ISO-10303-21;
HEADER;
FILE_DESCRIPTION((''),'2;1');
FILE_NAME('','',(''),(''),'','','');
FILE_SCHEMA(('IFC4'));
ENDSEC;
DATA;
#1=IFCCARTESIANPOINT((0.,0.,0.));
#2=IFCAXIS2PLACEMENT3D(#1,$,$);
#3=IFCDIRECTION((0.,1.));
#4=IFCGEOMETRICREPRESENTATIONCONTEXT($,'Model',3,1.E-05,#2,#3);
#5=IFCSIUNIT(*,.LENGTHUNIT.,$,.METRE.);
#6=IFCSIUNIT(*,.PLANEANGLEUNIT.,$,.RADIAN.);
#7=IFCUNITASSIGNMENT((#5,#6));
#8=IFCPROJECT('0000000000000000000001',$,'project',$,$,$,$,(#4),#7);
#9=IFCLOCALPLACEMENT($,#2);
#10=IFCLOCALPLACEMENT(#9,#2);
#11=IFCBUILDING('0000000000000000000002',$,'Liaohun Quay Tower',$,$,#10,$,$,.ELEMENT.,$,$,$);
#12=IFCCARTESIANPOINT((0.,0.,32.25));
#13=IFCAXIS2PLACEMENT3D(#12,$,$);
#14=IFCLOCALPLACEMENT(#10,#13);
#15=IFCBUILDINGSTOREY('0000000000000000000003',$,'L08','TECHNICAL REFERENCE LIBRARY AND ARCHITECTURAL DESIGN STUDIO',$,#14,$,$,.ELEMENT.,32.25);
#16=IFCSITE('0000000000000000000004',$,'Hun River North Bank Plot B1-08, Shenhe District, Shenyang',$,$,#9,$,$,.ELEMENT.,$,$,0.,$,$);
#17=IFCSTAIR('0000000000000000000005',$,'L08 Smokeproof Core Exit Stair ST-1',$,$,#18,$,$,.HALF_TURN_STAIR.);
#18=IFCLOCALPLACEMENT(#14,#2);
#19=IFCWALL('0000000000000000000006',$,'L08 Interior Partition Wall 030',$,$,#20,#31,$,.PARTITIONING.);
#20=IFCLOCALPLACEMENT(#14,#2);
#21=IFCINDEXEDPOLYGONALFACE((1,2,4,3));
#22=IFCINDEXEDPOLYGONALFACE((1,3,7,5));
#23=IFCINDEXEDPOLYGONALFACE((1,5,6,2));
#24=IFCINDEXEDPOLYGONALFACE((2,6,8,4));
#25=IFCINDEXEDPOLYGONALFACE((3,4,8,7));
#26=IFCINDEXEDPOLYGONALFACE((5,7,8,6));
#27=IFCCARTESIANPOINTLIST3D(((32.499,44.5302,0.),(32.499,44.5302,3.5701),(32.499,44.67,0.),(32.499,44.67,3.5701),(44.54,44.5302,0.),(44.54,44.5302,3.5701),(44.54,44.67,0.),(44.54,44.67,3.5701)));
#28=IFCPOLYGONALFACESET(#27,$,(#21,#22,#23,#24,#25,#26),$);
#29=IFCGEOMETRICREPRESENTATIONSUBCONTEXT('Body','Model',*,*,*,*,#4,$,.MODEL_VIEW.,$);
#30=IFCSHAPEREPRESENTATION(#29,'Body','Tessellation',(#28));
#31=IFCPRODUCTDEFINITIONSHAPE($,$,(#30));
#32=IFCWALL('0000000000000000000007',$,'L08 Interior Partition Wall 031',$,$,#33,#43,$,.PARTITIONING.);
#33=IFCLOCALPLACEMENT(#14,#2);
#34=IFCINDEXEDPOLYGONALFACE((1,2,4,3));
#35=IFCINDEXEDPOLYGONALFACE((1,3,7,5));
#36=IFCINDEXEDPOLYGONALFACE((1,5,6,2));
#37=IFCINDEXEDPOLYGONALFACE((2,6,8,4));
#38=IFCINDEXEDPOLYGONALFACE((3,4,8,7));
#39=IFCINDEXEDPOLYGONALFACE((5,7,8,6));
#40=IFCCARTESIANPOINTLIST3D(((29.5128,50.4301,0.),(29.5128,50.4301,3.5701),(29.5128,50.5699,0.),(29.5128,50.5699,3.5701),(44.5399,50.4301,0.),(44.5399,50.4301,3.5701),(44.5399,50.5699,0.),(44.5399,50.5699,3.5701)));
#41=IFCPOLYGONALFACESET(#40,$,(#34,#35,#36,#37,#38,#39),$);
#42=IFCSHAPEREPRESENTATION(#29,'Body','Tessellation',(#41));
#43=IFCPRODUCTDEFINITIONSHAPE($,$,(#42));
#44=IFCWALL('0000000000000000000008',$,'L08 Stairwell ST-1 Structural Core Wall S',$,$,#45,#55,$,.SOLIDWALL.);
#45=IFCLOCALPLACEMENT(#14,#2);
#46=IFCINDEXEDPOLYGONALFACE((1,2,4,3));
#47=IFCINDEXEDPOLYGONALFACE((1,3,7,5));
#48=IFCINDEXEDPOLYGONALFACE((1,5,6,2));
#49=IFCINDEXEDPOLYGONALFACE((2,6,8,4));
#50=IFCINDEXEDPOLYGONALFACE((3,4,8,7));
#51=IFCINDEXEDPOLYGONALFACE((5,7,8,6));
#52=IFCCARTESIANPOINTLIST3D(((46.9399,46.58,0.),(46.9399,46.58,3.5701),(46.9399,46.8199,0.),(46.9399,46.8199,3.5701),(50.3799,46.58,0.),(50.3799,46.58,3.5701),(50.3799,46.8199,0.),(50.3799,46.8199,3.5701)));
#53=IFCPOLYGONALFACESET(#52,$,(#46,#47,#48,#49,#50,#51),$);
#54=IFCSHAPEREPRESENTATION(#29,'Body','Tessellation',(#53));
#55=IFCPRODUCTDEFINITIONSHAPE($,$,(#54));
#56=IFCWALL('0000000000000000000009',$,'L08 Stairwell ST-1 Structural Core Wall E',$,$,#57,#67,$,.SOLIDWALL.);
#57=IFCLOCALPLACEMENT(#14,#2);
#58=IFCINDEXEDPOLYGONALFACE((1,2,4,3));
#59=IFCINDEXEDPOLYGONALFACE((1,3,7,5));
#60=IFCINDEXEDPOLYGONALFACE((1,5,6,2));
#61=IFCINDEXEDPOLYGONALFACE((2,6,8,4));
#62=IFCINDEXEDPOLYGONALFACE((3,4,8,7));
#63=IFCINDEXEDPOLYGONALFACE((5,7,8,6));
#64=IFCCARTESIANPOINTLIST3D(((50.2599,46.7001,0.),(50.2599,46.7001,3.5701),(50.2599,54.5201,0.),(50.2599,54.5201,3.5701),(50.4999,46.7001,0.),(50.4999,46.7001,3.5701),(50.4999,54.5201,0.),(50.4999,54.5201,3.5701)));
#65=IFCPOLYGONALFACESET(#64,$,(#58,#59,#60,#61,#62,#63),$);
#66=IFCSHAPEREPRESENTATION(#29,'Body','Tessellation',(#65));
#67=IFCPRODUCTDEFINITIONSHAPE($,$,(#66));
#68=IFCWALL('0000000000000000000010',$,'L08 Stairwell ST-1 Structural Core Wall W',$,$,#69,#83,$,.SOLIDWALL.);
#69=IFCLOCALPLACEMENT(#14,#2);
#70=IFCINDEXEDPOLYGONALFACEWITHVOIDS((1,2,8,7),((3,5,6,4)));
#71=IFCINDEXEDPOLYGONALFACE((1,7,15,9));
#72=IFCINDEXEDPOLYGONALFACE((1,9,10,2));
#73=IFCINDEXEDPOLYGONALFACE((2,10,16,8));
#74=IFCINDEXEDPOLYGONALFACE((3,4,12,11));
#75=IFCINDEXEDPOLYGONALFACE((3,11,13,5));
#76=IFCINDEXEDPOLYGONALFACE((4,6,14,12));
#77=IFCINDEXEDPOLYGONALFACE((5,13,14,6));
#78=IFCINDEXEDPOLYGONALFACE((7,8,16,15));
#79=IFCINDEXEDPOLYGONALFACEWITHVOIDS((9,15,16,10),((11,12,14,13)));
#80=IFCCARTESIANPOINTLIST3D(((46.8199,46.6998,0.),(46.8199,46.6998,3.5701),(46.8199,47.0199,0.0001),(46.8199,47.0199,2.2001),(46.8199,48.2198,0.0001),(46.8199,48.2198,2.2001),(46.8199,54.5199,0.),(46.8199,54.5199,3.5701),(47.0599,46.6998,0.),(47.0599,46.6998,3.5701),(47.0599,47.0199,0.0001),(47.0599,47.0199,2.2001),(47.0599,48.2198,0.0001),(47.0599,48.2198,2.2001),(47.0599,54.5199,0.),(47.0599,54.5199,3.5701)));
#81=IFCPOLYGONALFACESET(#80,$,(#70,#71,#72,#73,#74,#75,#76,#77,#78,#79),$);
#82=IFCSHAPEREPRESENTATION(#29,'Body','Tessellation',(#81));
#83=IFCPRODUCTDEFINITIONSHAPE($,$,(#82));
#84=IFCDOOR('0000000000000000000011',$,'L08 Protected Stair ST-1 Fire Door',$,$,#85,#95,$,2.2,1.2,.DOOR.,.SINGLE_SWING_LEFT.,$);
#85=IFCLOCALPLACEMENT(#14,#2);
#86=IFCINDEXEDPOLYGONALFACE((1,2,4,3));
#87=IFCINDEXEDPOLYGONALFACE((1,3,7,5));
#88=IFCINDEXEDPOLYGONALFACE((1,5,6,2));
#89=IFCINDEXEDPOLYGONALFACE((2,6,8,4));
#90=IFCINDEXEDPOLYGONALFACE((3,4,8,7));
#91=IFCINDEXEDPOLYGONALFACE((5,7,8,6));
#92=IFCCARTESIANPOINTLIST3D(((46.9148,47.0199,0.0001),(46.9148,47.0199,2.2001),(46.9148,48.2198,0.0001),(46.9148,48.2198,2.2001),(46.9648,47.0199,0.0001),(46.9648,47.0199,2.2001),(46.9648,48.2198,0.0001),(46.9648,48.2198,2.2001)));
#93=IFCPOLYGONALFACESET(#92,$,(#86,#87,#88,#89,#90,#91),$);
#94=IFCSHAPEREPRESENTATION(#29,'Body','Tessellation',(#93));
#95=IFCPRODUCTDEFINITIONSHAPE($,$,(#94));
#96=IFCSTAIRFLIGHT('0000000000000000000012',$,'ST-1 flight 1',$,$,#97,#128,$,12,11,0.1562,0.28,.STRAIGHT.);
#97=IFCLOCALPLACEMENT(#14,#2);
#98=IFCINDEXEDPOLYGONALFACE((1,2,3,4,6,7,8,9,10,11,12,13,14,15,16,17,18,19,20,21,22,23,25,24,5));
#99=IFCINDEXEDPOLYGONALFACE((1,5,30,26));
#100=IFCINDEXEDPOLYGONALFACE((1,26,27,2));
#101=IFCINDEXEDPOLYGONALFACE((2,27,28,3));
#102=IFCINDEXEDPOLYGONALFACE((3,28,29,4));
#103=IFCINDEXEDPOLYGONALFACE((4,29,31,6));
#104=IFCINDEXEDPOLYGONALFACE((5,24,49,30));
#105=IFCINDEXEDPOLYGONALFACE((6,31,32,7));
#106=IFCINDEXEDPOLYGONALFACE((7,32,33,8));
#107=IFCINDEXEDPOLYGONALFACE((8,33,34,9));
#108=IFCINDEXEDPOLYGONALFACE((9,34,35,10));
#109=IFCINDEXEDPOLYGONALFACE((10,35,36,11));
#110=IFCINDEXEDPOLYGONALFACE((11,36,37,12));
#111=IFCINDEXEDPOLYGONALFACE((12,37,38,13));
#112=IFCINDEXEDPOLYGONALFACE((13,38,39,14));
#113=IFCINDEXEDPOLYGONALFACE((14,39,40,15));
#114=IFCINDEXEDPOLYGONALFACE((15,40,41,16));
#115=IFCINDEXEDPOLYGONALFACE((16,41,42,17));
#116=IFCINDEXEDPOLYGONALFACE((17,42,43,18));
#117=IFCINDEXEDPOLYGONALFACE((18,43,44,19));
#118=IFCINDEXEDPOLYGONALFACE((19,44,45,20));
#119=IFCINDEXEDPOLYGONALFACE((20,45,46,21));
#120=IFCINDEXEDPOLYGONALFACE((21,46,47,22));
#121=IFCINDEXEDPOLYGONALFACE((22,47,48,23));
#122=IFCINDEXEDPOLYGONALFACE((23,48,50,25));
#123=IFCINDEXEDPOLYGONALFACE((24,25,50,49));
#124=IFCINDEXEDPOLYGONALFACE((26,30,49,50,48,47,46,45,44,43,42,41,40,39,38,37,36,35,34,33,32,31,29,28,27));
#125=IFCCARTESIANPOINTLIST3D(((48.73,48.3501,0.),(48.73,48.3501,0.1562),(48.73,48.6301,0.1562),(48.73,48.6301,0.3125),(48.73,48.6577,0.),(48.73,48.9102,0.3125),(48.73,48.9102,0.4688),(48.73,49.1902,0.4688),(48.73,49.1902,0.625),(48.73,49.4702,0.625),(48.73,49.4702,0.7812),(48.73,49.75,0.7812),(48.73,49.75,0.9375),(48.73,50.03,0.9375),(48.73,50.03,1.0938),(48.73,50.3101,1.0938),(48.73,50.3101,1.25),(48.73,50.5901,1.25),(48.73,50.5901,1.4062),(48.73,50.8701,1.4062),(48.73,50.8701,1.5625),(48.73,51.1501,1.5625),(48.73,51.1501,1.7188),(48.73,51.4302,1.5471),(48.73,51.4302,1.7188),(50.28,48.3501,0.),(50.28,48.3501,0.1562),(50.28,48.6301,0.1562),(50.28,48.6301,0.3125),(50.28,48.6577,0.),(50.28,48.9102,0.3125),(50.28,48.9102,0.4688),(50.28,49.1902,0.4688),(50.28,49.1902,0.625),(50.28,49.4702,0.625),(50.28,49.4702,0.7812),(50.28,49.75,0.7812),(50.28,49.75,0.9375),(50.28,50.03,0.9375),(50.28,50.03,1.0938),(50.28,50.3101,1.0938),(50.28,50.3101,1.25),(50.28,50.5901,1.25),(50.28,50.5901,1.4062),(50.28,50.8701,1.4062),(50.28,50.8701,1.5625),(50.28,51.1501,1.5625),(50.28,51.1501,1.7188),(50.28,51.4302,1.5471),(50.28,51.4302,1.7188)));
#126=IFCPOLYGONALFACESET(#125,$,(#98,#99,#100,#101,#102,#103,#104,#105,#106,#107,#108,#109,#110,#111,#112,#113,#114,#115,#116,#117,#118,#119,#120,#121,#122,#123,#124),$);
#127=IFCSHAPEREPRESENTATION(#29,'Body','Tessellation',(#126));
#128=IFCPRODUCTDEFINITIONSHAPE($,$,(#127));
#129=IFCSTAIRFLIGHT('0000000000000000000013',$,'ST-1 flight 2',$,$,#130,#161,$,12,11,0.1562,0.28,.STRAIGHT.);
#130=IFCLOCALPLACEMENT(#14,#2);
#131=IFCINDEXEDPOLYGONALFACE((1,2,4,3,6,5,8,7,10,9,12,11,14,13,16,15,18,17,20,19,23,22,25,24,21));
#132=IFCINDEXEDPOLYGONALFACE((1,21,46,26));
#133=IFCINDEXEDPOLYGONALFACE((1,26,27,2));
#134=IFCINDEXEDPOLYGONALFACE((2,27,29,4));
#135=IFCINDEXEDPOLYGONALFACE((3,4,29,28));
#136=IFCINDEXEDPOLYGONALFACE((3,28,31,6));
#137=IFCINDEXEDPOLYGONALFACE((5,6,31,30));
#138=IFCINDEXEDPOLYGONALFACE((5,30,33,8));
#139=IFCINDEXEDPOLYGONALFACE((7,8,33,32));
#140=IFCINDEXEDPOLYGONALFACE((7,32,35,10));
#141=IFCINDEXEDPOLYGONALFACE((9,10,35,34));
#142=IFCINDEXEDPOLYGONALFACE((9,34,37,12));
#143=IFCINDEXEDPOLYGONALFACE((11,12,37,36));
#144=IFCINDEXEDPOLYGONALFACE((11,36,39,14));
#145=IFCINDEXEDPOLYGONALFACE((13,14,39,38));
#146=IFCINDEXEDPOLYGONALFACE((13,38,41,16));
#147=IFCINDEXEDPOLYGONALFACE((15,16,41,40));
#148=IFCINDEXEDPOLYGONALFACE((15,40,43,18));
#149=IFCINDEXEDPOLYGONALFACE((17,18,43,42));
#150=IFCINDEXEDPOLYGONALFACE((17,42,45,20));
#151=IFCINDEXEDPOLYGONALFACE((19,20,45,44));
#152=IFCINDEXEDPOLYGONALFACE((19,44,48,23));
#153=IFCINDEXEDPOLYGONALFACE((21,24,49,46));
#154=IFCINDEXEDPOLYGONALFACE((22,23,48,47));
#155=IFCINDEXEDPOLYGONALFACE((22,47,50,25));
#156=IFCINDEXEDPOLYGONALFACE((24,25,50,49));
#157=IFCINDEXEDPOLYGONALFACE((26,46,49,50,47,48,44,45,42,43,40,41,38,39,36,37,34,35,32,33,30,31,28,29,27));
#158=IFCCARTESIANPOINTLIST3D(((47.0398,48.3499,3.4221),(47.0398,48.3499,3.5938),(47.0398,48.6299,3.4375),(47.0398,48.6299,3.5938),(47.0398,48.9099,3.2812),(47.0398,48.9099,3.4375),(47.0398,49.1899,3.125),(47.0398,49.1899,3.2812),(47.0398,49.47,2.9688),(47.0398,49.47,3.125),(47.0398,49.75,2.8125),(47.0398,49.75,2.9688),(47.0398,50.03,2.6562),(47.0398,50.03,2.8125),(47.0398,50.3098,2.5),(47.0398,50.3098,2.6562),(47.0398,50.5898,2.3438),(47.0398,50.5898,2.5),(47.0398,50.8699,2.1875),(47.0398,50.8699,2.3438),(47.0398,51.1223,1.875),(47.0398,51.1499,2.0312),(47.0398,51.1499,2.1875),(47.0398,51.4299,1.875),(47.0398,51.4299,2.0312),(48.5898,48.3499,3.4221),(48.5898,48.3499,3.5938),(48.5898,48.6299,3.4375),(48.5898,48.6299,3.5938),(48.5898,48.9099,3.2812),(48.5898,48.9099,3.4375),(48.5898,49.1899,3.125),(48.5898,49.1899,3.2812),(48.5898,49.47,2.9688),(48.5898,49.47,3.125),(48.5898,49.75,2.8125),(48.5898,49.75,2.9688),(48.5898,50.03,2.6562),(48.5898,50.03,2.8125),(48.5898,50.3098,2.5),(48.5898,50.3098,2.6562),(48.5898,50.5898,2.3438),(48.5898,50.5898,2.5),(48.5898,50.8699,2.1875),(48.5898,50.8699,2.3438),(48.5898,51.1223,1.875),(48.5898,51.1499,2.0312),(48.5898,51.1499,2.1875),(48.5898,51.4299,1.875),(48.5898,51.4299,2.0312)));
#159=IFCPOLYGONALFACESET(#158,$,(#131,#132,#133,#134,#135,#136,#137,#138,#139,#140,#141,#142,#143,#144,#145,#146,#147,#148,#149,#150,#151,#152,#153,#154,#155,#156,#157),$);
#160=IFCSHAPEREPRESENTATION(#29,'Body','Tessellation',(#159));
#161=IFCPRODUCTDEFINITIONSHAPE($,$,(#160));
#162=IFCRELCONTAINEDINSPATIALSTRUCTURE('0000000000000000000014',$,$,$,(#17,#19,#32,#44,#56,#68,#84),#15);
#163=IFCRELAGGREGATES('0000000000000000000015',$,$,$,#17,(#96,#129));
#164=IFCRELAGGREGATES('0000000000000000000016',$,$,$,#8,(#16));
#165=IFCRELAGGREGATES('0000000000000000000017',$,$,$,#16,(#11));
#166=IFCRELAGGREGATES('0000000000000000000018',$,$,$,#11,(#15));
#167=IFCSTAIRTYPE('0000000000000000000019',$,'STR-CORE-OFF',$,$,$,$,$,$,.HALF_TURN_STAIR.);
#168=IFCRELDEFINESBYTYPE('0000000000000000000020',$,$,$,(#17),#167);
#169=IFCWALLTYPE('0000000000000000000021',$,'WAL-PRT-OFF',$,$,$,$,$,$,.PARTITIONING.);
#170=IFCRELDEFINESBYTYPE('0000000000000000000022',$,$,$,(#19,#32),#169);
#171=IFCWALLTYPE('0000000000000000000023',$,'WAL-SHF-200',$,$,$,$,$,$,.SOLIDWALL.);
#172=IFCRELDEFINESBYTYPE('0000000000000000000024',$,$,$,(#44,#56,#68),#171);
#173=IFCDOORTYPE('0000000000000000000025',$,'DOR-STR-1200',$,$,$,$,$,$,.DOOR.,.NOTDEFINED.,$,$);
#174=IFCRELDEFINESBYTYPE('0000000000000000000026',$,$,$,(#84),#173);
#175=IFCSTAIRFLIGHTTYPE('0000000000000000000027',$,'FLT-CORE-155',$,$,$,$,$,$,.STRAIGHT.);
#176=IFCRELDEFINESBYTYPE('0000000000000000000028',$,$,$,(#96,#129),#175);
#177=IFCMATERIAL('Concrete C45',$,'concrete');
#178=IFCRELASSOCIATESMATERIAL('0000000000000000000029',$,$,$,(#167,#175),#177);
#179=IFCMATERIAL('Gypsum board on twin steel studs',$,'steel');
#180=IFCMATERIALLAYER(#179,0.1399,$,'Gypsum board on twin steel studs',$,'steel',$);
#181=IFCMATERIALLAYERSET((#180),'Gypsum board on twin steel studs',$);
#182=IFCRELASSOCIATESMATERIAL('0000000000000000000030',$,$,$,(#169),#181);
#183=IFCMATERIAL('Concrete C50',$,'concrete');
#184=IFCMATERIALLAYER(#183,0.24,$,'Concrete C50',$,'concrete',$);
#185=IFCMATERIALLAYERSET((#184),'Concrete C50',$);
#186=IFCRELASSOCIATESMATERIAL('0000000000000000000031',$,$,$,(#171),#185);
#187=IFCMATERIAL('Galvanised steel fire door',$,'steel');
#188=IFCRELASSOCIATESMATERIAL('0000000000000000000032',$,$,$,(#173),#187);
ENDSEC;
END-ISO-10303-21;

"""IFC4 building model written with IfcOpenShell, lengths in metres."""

from ifc_helpers import new_model, si_unit, direction, frame, frame_2d, origin, place, context, subcontext, project, spatial, polyline, rectangle, outline, extrude, source, transform, mapped, material, layer, layer_set, type_object, element, fill, aggregate, save


model = new_model("IFC4")

# Units and contexts
model_context = context("Model", 3, precision=1e-05, world=origin(), true_north=direction((0.0, 1.0)))
body_context = subcontext(model_context, "Body", "Model", "MODEL_VIEW")
ifc_project = project(units=[si_unit("LENGTHUNIT", "METRE"), si_unit("PLANEANGLEUNIT", "RADIAN")], contexts=[model_context])

# Site, building, storey
site_placement = place(None, origin())
site = spatial("IfcSite", under=ifc_project, at=site_placement, Name="Hun River North Bank Plot B1-08, Shenhe District, Shenyang", CompositionType="ELEMENT", RefElevation=0.0)
building_placement = place(site_placement, origin())
building = spatial("IfcBuilding", under=site, at=building_placement, Name="Liaohun Quay Tower", CompositionType="ELEMENT")
storey_placement = place(building_placement, frame((0.0, 0.0, 32.25)))
storey = spatial("IfcBuildingStorey", under=building, at=storey_placement, Name="L08", Description="TECHNICAL REFERENCE LIBRARY AND ARCHITECTURAL DESIGN STUDIO", CompositionType="ELEMENT", Elevation=32.25)

# Stair
ifc_material_1 = material(Name="Concrete C45", Category="concrete")
stair_type = type_object("IfcStairType", Name="STR-CORE-OFF", PredefinedType="HALF_TURN_STAIR", material=ifc_material_1)
stair_1_placement = place(storey_placement, origin())
stair_1 = element("IfcStair", 1, at=stair_1_placement, inside=storey, type_object=stair_type, Name="L08 Smokeproof Core Exit Stair ST-1", PredefinedType="HALF_TURN_STAIR")

# Walls
ifc_material_2 = material(Name="Gypsum board on twin steel studs", Category="steel")
ifc_layer_1 = layer(ifc_material_2, 0.1399, Name="Gypsum board on twin steel studs", Category="steel")
ifc_layer_set_1 = layer_set([ifc_layer_1], Name="Gypsum board on twin steel studs")
wall_type_1 = type_object("IfcWallType", Name="WAL-PRT-OFF", PredefinedType="PARTITIONING", material=ifc_layer_set_1)
wall_1_placement = place(storey_placement, frame((44.54, 44.6001, 0.0), z_axis=(0.0, 0.0, 1.0), x_axis=(-1.0, 0.0, 0.0)))
element("IfcWall", 2, at=wall_1_placement, inside=storey, type_object=wall_type_1, Name="L08 Interior Partition Wall 030", PredefinedType="PARTITIONING", context=body_context, shape_type="SweptSolid", body=[
    extrude(rectangle(XDim=12.041, YDim=0.1399, at=frame_2d((6.0205, 0.0))), origin(), (0.0, 0.0, 1.0), 3.5701),
])
wall_2_placement = place(storey_placement, frame((44.54, 50.5, 0.0), z_axis=(0.0, 0.0, 1.0), x_axis=(-1.0, 0.0, 0.0)))
element("IfcWall", 3, at=wall_2_placement, inside=storey, type_object=wall_type_1, Name="L08 Interior Partition Wall 031", PredefinedType="PARTITIONING", context=body_context, shape_type="SweptSolid", body=[
    extrude(rectangle(XDim=15.0271, YDim=0.1399, at=frame_2d((7.5137, 0.0))), origin(), (0.0, 0.0, 1.0), 3.5701),
])
ifc_material_3 = material(Name="Concrete C50", Category="concrete")
ifc_layer_2 = layer(ifc_material_3, 0.24, Name="Concrete C50", Category="concrete")
ifc_layer_set_2 = layer_set([ifc_layer_2], Name="Concrete C50")
wall_type_2 = type_object("IfcWallType", Name="WAL-SHF-200", PredefinedType="SOLIDWALL", material=ifc_layer_set_2)
wall_3_placement = place(storey_placement, frame((46.9399, 46.7, 0.0), z_axis=(0.0, 0.0, 1.0), x_axis=(1.0, 0.0, 0.0)))
element("IfcWall", 4, at=wall_3_placement, inside=storey, type_object=wall_type_2, Name="L08 Stairwell ST-1 Structural Core Wall S", PredefinedType="SOLIDWALL", context=body_context, shape_type="SweptSolid", body=[
    extrude(rectangle(XDim=3.4399, YDim=0.24, at=frame_2d((1.72, 0.0))), origin(), (0.0, 0.0, 1.0), 3.5701),
])
wall_4_placement = place(storey_placement, frame((50.3799, 46.7, 0.0), z_axis=(0.0, 0.0, 1.0), x_axis=(0.0, 1.0, 0.0)))
element("IfcWall", 5, at=wall_4_placement, inside=storey, type_object=wall_type_2, Name="L08 Stairwell ST-1 Structural Core Wall E", PredefinedType="SOLIDWALL", context=body_context, shape_type="SweptSolid", body=[
    extrude(rectangle(XDim=7.8201, YDim=0.24, at=frame_2d((3.9102, 0.0))), origin(), (0.0, 0.0, 1.0), 3.5701),
])

# Wall, opening, door
wall_5_placement = place(storey_placement, frame((46.9399, 54.52, 0.0), z_axis=(0.0, 0.0, 1.0), x_axis=(0.0, -1.0, 0.0)))
wall_5 = element("IfcWall", 6, at=wall_5_placement, inside=storey, type_object=wall_type_2, Name="L08 Stairwell ST-1 Structural Core Wall W", PredefinedType="SOLIDWALL", context=body_context, shape_type="SweptSolid", body=[
    extrude(rectangle(XDim=7.8201, YDim=0.24, at=frame_2d((3.9102, 0.0))), origin(), (0.0, 0.0, 1.0), 3.5701),
])
shared_shape_1 = source(origin(), body_context, "Body", "SweptSolid", [
    extrude(rectangle(XDim=1.2, YDim=2.2, at=frame_2d((0.6001, 1.1001))), frame((0.0, 0.1299, 0.0), z_axis=(0.0, -1.0, 0.0), x_axis=(1.0, 0.0, 0.0)), (0.0, 0.0, 1.0), 0.26),
])
opening_1_placement = place(wall_5_placement, frame((6.3, 0.0, 0.0)))
opening_1 = element("IfcOpeningElement", 7, at=opening_1_placement, cuts=wall_5, PredefinedType="OPENING", context=body_context, shape_type="MappedRepresentation", body=[
    mapped(shared_shape_1, transform((0.0, 0.0, 0.0), x_axis=(1.0, 0.0, 0.0), y_axis=(0.0, 1.0, 0.0), z_axis=(0.0, 0.0, 1.0), scale=1.0)),
])
ifc_material_4 = material(Name="Galvanised steel fire door", Category="steel")
door_type_1 = type_object("IfcDoorType", Name="DOR-STR-1200", OperationType="NOTDEFINED", PredefinedType="DOOR", material=ifc_material_4)
shared_shape_2 = source(origin(), body_context, "Body", "SweptSolid", [
    extrude(rectangle(XDim=1.2, YDim=2.2, at=frame_2d((0.6001, 1.1001))), frame((0.0, 0.0249, 0.0), z_axis=(0.0, -1.0, 0.0), x_axis=(1.0, 0.0, 0.0)), (0.0, 0.0, 1.0), 0.05),
])
door_1_placement = place(opening_1_placement, origin())
door_1 = element("IfcDoor", 8, at=door_1_placement, inside=storey, type_object=door_type_1, Name="L08 Protected Stair ST-1 Fire Door", OperationType="SINGLE_SWING_LEFT", OverallHeight=2.2, OverallWidth=1.2, PredefinedType="DOOR", context=body_context, shape_type="MappedRepresentation", body=[
    mapped(shared_shape_2, transform((0.0, 0.0, 0.0), x_axis=(1.0, 0.0, 0.0), y_axis=(0.0, 1.0, 0.0), z_axis=(0.0, 0.0, 1.0), scale=1.0)),
])
fill(opening_1, door_1)

# Stair flights
stair_flight_type = type_object("IfcStairFlightType", Name="FLT-CORE-155", PredefinedType="STRAIGHT", material=ifc_material_1)
stair_flight_1_placement = place(storey_placement, frame((49.5049, 48.3501, 0.0), z_axis=(0.0, 0.0, 1.0), x_axis=(0.0, 1.0, 0.0)))
stair_flight_1 = element("IfcStairFlight", 9, at=stair_flight_1_placement, type_object=stair_flight_type, Name="ST-1 flight 1", NumberOfRisers=12, NumberOfTreads=11, PredefinedType="STRAIGHT", RiserHeight=0.1562, TreadLength=0.28, context=body_context, shape_type="SweptSolid", body=[
    extrude(outline(polyline([(0.0, 0.0), (0.0, 0.1562), (0.28, 0.1562), (0.28, 0.3125), (0.5601, 0.3125), (0.5601, 0.4688), (0.8401, 0.4688), (0.8401, 0.625), (1.1201, 0.625), (1.1201, 0.7812), (1.3999, 0.7812), (1.3999, 0.9375), (1.6799, 0.9375), (1.6799, 1.0938), (1.96, 1.0938), (1.96, 1.25), (2.24, 1.25), (2.24, 1.4062), (2.52, 1.4062), (2.52, 1.5625), (2.8, 1.5625), (2.8, 1.7188), (3.0801, 1.7188), (3.0801, 1.875), (3.0801, 1.5471), (0.3076, 0.0), (0.0, 0.0)])), frame((0.0, 0.7749, 0.0), z_axis=(0.0, -1.0, 0.0), x_axis=(1.0, 0.0, 0.0)), (0.0, 0.0, 1.0), 1.55),
])
stair_flight_2_placement = place(storey_placement, frame((47.8149, 51.4299, 1.875), z_axis=(0.0, 0.0, 1.0), x_axis=(0.0, -1.0, 0.0)))
stair_flight_2 = element("IfcStairFlight", 10, at=stair_flight_2_placement, type_object=stair_flight_type, Name="ST-1 flight 2", NumberOfRisers=12, NumberOfTreads=11, PredefinedType="STRAIGHT", RiserHeight=0.1562, TreadLength=0.28, context=body_context, shape_type="SweptSolid", body=[
    extrude(outline(polyline([(0.0, 0.0), (0.0, 0.1562), (0.28, 0.1562), (0.28, 0.3125), (0.5601, 0.3125), (0.5601, 0.4688), (0.8401, 0.4688), (0.8401, 0.625), (1.1201, 0.625), (1.1201, 0.7812), (1.3999, 0.7812), (1.3999, 0.9375), (1.6799, 0.9375), (1.6799, 1.0938), (1.96, 1.0938), (1.96, 1.25), (2.24, 1.25), (2.24, 1.4062), (2.52, 1.4062), (2.52, 1.5625), (2.8, 1.5625), (2.8, 1.7188), (3.0801, 1.7188), (3.0801, 1.875), (3.0801, 1.5471), (0.3076, 0.0), (0.0, 0.0)])), frame((0.0, 0.7749, 0.0), z_axis=(0.0, -1.0, 0.0), x_axis=(1.0, 0.0, 0.0)), (0.0, 0.0, 1.0), 1.55),
])
aggregate(stair_1, [stair_flight_1, stair_flight_2])

save(model, "model.ifc")
